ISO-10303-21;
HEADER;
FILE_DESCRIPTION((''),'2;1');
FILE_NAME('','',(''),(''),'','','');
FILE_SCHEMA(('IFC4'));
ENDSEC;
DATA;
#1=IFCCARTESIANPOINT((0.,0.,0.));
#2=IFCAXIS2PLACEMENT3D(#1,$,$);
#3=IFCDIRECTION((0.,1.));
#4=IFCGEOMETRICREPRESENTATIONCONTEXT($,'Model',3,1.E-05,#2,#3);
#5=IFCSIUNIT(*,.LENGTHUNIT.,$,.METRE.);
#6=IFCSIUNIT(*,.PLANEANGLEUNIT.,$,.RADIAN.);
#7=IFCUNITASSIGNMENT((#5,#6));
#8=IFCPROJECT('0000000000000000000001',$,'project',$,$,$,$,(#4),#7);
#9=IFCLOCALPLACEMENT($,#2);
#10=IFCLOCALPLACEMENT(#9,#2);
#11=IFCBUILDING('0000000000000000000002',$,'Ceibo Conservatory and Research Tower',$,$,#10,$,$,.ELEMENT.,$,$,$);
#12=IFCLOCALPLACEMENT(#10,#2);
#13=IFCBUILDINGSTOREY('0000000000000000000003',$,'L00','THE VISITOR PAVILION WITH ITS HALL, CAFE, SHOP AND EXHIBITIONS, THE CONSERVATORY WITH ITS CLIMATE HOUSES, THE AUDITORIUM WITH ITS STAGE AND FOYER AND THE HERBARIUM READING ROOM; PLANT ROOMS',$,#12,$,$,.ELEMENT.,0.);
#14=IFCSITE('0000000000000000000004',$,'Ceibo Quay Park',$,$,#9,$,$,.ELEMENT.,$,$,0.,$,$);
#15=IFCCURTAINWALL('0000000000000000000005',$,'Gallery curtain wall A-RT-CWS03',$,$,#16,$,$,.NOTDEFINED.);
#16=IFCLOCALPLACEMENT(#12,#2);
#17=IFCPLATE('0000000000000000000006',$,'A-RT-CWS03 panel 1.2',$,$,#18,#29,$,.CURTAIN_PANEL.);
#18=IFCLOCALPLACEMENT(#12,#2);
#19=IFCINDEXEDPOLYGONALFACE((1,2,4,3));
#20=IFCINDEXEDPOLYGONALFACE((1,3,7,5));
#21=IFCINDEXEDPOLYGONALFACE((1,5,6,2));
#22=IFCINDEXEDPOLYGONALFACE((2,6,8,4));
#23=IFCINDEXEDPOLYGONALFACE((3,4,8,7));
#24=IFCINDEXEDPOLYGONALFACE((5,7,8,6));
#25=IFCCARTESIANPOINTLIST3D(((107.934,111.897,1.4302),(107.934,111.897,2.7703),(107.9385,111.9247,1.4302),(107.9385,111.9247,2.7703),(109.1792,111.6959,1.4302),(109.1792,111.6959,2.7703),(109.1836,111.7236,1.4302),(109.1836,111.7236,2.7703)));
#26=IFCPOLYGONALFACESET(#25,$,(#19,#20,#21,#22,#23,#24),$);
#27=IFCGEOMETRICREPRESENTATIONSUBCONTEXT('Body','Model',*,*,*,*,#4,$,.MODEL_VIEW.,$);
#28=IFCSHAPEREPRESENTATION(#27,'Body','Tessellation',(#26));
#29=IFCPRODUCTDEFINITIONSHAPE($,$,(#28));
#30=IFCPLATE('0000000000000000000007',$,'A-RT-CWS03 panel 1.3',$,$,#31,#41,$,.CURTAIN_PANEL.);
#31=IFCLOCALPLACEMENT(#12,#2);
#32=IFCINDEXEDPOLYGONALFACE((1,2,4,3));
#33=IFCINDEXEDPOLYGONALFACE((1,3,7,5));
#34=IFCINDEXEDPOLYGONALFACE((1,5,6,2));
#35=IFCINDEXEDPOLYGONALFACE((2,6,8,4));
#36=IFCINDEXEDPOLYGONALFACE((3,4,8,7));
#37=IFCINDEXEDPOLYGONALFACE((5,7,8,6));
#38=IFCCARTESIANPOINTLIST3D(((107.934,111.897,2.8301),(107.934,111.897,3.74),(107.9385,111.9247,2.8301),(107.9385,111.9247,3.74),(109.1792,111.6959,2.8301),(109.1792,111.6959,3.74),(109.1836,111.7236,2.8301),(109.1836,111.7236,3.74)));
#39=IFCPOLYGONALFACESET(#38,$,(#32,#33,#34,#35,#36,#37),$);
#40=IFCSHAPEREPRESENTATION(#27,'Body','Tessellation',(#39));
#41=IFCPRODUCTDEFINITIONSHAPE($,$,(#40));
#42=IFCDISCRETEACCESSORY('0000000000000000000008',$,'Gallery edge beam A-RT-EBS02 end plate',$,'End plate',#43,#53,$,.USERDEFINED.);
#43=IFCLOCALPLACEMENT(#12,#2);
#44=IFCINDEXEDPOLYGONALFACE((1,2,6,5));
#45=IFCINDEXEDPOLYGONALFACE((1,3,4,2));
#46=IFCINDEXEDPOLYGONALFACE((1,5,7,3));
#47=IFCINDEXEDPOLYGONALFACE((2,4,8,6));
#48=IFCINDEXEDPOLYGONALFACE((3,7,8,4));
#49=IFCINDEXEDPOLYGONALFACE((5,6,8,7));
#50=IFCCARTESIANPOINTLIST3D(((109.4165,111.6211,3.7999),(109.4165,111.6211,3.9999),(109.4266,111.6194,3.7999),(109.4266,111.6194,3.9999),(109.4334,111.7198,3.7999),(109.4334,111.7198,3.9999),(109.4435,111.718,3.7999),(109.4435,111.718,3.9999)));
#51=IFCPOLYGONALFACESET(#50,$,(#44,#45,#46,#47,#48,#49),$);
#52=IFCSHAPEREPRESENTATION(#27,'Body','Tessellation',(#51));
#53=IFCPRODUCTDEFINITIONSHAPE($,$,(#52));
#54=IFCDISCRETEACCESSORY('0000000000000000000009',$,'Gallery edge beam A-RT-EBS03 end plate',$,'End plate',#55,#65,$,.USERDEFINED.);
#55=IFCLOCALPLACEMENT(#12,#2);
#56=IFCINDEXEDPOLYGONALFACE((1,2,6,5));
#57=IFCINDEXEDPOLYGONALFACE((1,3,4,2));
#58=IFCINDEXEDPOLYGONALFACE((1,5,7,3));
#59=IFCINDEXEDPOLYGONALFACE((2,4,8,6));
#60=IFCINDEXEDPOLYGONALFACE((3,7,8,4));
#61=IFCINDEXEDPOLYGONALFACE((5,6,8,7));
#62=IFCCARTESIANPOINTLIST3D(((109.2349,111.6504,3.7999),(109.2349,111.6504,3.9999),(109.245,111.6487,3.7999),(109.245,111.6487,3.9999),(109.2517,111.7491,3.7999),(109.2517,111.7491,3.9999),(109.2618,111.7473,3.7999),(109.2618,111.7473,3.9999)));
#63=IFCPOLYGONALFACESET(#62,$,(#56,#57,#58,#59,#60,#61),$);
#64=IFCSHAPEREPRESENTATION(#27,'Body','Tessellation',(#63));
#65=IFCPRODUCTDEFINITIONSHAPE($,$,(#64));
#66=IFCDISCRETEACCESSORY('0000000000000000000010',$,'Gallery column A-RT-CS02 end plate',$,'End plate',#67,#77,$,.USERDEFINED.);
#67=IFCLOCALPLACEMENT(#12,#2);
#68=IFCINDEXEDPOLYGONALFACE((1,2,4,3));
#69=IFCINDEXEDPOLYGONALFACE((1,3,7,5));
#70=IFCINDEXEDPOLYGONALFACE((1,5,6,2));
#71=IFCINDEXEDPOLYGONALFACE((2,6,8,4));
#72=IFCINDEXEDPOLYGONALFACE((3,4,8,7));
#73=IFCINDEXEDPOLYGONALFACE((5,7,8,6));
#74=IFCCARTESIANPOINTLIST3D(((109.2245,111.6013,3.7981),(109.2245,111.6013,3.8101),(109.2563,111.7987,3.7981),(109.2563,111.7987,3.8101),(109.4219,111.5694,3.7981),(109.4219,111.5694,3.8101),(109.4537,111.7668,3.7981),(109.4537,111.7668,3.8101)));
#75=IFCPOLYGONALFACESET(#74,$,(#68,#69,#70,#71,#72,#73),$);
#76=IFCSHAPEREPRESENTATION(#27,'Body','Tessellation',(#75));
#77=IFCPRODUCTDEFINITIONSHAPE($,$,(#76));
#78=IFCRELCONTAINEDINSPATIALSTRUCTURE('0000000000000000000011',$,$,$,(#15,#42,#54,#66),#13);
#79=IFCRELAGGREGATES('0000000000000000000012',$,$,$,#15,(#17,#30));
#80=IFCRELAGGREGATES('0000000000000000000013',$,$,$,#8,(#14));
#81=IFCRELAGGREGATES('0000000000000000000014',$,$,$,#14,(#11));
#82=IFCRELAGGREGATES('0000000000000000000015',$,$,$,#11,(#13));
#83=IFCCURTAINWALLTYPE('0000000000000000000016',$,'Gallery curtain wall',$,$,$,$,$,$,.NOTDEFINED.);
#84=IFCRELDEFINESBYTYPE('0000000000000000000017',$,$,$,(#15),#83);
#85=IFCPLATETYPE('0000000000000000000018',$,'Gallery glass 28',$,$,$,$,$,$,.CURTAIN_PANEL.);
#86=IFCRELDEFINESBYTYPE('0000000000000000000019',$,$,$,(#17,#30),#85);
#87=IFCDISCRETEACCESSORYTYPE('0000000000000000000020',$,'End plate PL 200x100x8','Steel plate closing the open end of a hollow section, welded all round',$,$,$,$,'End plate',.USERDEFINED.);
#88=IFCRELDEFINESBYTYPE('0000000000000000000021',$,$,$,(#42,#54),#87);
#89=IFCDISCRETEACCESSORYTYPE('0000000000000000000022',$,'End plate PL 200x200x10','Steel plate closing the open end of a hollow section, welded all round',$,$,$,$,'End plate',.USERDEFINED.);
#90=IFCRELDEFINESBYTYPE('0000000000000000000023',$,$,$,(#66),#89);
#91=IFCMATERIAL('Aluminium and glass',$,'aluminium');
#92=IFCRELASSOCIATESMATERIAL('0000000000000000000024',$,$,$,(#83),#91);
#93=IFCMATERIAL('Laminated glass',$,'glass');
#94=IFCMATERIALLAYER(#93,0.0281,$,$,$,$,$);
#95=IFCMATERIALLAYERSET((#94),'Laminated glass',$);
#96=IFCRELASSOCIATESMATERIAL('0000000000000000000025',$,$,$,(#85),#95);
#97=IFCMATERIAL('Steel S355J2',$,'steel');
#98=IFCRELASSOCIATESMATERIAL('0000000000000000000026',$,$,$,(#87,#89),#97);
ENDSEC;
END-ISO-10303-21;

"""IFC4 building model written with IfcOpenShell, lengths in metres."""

from ifc_helpers import new_model, si_unit, direction, frame, origin, origin_2d, place, context, subcontext, project, spatial, rectangle, extrude, material, layer, layer_set, material_profile, profile_set, type_object, element, aggregate, save


model = new_model("IFC4")

# Units and contexts
model_context = context("Model", 3, precision=1e-05, world=origin(), true_north=direction((0.0, 1.0)))
body_context = subcontext(model_context, "Body", "Model", "MODEL_VIEW")
ifc_project = project(units=[si_unit("LENGTHUNIT", "METRE"), si_unit("PLANEANGLEUNIT", "RADIAN")], contexts=[model_context])

# Site, building, storey
site_placement = place(None, origin())
site = spatial("IfcSite", under=ifc_project, at=site_placement, Name="Ceibo Quay Park", CompositionType="ELEMENT", RefElevation=0.0)
building_placement = place(site_placement, origin())
building = spatial("IfcBuilding", under=site, at=building_placement, Name="Ceibo Conservatory and Research Tower", CompositionType="ELEMENT")
storey_placement = place(building_placement, origin())
storey = spatial("IfcBuildingStorey", under=building, at=storey_placement, Name="L00", Description="THE VISITOR PAVILION WITH ITS HALL, CAFE, SHOP AND EXHIBITIONS, THE CONSERVATORY WITH ITS CLIMATE HOUSES, THE AUDITORIUM WITH ITS STAGE AND FOYER AND THE HERBARIUM READING ROOM; PLANT ROOMS", CompositionType="ELEMENT", Elevation=0.0)

# Curtain wall
ifc_material_1 = material(Name="Aluminium and glass", Category="aluminium")
curtain_wall_type = type_object("IfcCurtainWallType", Name="Gallery curtain wall", PredefinedType="NOTDEFINED", material=ifc_material_1)
curtain_wall_1_placement = place(storey_placement, origin())
curtain_wall_1 = element("IfcCurtainWall", 1, at=curtain_wall_1_placement, inside=storey, type_object=curtain_wall_type, Name="Gallery curtain wall A-RT-CWS03", PredefinedType="NOTDEFINED")

# Plates
ifc_material_2 = material(Name="Laminated glass", Category="glass")
ifc_layer = layer(ifc_material_2, 0.0281)
ifc_layer_set = layer_set([ifc_layer], Name="Laminated glass")
plate_type = type_object("IfcPlateType", Name="Gallery glass 28", PredefinedType="CURTAIN_PANEL", material=ifc_layer_set)
plate_1_placement = place(storey_placement, frame((108.5588, 111.8103, 1.4302), z_axis=(0.0, 0.0, 1.0), x_axis=(-0.987216, 0.159391, 0.0)))
plate_1 = element("IfcPlate", 2, at=plate_1_placement, type_object=plate_type, Name="A-RT-CWS03 panel 1.2", PredefinedType="CURTAIN_PANEL", context=body_context, shape_type="SweptSolid", body=[
    extrude(rectangle(XDim=1.2612, YDim=0.0281, at=origin_2d()), origin(), (0.0, 0.0, 1.0), 1.3401),
])
plate_2_placement = place(storey_placement, frame((108.5588, 111.8103, 2.8301), z_axis=(0.0, 0.0, 1.0), x_axis=(-0.987216, 0.159391, 0.0)))
plate_2 = element("IfcPlate", 3, at=plate_2_placement, type_object=plate_type, Name="A-RT-CWS03 panel 1.3", PredefinedType="CURTAIN_PANEL", context=body_context, shape_type="SweptSolid", body=[
    extrude(rectangle(XDim=1.2612, YDim=0.0281, at=origin_2d()), origin(), (0.0, 0.0, 1.0), 0.9099),
])
aggregate(curtain_wall_1, [plate_1, plate_2])

# Discrete accessories
ifc_material_3 = material(Name="Steel S355J2", Category="steel")
ifc_material_profile_1 = material_profile(ifc_material_3, rectangle(XDim=0.1001, YDim=0.2, at=origin_2d()), Name="End plate PL 200x100x8")
ifc_profile_set_1 = profile_set([ifc_material_profile_1], Name="Steel S355J2")
discrete_accessory_type_1 = type_object("IfcDiscreteAccessoryType", Name="End plate PL 200x100x8", Description="Steel plate closing the open end of a hollow section, welded all round", ElementType="End plate", PredefinedType="USERDEFINED", material=ifc_profile_set_1)
for number, where, z_axis, x_axis, name in (
    (4, (109.4351, 111.6687, 3.8999), (-0.985736, 0.168296, 0.0), (-0.168296, -0.985736, 0.0), "Gallery edge beam A-RT-EBS02 end plate"),
    (5, (109.2534, 111.698, 3.8999), (-0.985736, 0.168296, 0.0), (-0.168296, -0.985736, 0.0), "Gallery edge beam A-RT-EBS03 end plate"),
):
    element("IfcDiscreteAccessory", number, at=place(storey_placement, frame(where, z_axis=z_axis, x_axis=x_axis)), inside=storey, type_object=discrete_accessory_type_1, Name=name, ObjectType="End plate", PredefinedType="USERDEFINED", context=body_context, shape_type="SweptSolid", body=[
        extrude(rectangle(XDim=0.1001, YDim=0.2, at=origin_2d()), origin(), (0.0, 0.0, 1.0), 0.0103),
    ])
ifc_material_profile_2 = material_profile(ifc_material_3, rectangle(XDim=0.2, YDim=0.2, at=origin_2d()), Name="End plate PL 200x200x10")
ifc_profile_set_2 = profile_set([ifc_material_profile_2], Name="Steel S355J2")
discrete_accessory_type_2 = type_object("IfcDiscreteAccessoryType", Name="End plate PL 200x200x10", Description="Steel plate closing the open end of a hollow section, welded all round", ElementType="End plate", PredefinedType="USERDEFINED", material=ifc_profile_set_2)
discrete_accessory_placement = place(storey_placement, frame((109.3391, 111.6841, 3.7981), z_axis=(0.0, 0.0, 1.0), x_axis=(-0.987216, 0.159391, 0.0)))
element("IfcDiscreteAccessory", 6, at=discrete_accessory_placement, inside=storey, type_object=discrete_accessory_type_2, Name="Gallery column A-RT-CS02 end plate", ObjectType="End plate", PredefinedType="USERDEFINED", context=body_context, shape_type="SweptSolid", body=[
    extrude(rectangle(XDim=0.2, YDim=0.2, at=origin_2d()), origin(), (0.0, 0.0, 1.0), 0.012),
])

save(model, "model.ifc")
